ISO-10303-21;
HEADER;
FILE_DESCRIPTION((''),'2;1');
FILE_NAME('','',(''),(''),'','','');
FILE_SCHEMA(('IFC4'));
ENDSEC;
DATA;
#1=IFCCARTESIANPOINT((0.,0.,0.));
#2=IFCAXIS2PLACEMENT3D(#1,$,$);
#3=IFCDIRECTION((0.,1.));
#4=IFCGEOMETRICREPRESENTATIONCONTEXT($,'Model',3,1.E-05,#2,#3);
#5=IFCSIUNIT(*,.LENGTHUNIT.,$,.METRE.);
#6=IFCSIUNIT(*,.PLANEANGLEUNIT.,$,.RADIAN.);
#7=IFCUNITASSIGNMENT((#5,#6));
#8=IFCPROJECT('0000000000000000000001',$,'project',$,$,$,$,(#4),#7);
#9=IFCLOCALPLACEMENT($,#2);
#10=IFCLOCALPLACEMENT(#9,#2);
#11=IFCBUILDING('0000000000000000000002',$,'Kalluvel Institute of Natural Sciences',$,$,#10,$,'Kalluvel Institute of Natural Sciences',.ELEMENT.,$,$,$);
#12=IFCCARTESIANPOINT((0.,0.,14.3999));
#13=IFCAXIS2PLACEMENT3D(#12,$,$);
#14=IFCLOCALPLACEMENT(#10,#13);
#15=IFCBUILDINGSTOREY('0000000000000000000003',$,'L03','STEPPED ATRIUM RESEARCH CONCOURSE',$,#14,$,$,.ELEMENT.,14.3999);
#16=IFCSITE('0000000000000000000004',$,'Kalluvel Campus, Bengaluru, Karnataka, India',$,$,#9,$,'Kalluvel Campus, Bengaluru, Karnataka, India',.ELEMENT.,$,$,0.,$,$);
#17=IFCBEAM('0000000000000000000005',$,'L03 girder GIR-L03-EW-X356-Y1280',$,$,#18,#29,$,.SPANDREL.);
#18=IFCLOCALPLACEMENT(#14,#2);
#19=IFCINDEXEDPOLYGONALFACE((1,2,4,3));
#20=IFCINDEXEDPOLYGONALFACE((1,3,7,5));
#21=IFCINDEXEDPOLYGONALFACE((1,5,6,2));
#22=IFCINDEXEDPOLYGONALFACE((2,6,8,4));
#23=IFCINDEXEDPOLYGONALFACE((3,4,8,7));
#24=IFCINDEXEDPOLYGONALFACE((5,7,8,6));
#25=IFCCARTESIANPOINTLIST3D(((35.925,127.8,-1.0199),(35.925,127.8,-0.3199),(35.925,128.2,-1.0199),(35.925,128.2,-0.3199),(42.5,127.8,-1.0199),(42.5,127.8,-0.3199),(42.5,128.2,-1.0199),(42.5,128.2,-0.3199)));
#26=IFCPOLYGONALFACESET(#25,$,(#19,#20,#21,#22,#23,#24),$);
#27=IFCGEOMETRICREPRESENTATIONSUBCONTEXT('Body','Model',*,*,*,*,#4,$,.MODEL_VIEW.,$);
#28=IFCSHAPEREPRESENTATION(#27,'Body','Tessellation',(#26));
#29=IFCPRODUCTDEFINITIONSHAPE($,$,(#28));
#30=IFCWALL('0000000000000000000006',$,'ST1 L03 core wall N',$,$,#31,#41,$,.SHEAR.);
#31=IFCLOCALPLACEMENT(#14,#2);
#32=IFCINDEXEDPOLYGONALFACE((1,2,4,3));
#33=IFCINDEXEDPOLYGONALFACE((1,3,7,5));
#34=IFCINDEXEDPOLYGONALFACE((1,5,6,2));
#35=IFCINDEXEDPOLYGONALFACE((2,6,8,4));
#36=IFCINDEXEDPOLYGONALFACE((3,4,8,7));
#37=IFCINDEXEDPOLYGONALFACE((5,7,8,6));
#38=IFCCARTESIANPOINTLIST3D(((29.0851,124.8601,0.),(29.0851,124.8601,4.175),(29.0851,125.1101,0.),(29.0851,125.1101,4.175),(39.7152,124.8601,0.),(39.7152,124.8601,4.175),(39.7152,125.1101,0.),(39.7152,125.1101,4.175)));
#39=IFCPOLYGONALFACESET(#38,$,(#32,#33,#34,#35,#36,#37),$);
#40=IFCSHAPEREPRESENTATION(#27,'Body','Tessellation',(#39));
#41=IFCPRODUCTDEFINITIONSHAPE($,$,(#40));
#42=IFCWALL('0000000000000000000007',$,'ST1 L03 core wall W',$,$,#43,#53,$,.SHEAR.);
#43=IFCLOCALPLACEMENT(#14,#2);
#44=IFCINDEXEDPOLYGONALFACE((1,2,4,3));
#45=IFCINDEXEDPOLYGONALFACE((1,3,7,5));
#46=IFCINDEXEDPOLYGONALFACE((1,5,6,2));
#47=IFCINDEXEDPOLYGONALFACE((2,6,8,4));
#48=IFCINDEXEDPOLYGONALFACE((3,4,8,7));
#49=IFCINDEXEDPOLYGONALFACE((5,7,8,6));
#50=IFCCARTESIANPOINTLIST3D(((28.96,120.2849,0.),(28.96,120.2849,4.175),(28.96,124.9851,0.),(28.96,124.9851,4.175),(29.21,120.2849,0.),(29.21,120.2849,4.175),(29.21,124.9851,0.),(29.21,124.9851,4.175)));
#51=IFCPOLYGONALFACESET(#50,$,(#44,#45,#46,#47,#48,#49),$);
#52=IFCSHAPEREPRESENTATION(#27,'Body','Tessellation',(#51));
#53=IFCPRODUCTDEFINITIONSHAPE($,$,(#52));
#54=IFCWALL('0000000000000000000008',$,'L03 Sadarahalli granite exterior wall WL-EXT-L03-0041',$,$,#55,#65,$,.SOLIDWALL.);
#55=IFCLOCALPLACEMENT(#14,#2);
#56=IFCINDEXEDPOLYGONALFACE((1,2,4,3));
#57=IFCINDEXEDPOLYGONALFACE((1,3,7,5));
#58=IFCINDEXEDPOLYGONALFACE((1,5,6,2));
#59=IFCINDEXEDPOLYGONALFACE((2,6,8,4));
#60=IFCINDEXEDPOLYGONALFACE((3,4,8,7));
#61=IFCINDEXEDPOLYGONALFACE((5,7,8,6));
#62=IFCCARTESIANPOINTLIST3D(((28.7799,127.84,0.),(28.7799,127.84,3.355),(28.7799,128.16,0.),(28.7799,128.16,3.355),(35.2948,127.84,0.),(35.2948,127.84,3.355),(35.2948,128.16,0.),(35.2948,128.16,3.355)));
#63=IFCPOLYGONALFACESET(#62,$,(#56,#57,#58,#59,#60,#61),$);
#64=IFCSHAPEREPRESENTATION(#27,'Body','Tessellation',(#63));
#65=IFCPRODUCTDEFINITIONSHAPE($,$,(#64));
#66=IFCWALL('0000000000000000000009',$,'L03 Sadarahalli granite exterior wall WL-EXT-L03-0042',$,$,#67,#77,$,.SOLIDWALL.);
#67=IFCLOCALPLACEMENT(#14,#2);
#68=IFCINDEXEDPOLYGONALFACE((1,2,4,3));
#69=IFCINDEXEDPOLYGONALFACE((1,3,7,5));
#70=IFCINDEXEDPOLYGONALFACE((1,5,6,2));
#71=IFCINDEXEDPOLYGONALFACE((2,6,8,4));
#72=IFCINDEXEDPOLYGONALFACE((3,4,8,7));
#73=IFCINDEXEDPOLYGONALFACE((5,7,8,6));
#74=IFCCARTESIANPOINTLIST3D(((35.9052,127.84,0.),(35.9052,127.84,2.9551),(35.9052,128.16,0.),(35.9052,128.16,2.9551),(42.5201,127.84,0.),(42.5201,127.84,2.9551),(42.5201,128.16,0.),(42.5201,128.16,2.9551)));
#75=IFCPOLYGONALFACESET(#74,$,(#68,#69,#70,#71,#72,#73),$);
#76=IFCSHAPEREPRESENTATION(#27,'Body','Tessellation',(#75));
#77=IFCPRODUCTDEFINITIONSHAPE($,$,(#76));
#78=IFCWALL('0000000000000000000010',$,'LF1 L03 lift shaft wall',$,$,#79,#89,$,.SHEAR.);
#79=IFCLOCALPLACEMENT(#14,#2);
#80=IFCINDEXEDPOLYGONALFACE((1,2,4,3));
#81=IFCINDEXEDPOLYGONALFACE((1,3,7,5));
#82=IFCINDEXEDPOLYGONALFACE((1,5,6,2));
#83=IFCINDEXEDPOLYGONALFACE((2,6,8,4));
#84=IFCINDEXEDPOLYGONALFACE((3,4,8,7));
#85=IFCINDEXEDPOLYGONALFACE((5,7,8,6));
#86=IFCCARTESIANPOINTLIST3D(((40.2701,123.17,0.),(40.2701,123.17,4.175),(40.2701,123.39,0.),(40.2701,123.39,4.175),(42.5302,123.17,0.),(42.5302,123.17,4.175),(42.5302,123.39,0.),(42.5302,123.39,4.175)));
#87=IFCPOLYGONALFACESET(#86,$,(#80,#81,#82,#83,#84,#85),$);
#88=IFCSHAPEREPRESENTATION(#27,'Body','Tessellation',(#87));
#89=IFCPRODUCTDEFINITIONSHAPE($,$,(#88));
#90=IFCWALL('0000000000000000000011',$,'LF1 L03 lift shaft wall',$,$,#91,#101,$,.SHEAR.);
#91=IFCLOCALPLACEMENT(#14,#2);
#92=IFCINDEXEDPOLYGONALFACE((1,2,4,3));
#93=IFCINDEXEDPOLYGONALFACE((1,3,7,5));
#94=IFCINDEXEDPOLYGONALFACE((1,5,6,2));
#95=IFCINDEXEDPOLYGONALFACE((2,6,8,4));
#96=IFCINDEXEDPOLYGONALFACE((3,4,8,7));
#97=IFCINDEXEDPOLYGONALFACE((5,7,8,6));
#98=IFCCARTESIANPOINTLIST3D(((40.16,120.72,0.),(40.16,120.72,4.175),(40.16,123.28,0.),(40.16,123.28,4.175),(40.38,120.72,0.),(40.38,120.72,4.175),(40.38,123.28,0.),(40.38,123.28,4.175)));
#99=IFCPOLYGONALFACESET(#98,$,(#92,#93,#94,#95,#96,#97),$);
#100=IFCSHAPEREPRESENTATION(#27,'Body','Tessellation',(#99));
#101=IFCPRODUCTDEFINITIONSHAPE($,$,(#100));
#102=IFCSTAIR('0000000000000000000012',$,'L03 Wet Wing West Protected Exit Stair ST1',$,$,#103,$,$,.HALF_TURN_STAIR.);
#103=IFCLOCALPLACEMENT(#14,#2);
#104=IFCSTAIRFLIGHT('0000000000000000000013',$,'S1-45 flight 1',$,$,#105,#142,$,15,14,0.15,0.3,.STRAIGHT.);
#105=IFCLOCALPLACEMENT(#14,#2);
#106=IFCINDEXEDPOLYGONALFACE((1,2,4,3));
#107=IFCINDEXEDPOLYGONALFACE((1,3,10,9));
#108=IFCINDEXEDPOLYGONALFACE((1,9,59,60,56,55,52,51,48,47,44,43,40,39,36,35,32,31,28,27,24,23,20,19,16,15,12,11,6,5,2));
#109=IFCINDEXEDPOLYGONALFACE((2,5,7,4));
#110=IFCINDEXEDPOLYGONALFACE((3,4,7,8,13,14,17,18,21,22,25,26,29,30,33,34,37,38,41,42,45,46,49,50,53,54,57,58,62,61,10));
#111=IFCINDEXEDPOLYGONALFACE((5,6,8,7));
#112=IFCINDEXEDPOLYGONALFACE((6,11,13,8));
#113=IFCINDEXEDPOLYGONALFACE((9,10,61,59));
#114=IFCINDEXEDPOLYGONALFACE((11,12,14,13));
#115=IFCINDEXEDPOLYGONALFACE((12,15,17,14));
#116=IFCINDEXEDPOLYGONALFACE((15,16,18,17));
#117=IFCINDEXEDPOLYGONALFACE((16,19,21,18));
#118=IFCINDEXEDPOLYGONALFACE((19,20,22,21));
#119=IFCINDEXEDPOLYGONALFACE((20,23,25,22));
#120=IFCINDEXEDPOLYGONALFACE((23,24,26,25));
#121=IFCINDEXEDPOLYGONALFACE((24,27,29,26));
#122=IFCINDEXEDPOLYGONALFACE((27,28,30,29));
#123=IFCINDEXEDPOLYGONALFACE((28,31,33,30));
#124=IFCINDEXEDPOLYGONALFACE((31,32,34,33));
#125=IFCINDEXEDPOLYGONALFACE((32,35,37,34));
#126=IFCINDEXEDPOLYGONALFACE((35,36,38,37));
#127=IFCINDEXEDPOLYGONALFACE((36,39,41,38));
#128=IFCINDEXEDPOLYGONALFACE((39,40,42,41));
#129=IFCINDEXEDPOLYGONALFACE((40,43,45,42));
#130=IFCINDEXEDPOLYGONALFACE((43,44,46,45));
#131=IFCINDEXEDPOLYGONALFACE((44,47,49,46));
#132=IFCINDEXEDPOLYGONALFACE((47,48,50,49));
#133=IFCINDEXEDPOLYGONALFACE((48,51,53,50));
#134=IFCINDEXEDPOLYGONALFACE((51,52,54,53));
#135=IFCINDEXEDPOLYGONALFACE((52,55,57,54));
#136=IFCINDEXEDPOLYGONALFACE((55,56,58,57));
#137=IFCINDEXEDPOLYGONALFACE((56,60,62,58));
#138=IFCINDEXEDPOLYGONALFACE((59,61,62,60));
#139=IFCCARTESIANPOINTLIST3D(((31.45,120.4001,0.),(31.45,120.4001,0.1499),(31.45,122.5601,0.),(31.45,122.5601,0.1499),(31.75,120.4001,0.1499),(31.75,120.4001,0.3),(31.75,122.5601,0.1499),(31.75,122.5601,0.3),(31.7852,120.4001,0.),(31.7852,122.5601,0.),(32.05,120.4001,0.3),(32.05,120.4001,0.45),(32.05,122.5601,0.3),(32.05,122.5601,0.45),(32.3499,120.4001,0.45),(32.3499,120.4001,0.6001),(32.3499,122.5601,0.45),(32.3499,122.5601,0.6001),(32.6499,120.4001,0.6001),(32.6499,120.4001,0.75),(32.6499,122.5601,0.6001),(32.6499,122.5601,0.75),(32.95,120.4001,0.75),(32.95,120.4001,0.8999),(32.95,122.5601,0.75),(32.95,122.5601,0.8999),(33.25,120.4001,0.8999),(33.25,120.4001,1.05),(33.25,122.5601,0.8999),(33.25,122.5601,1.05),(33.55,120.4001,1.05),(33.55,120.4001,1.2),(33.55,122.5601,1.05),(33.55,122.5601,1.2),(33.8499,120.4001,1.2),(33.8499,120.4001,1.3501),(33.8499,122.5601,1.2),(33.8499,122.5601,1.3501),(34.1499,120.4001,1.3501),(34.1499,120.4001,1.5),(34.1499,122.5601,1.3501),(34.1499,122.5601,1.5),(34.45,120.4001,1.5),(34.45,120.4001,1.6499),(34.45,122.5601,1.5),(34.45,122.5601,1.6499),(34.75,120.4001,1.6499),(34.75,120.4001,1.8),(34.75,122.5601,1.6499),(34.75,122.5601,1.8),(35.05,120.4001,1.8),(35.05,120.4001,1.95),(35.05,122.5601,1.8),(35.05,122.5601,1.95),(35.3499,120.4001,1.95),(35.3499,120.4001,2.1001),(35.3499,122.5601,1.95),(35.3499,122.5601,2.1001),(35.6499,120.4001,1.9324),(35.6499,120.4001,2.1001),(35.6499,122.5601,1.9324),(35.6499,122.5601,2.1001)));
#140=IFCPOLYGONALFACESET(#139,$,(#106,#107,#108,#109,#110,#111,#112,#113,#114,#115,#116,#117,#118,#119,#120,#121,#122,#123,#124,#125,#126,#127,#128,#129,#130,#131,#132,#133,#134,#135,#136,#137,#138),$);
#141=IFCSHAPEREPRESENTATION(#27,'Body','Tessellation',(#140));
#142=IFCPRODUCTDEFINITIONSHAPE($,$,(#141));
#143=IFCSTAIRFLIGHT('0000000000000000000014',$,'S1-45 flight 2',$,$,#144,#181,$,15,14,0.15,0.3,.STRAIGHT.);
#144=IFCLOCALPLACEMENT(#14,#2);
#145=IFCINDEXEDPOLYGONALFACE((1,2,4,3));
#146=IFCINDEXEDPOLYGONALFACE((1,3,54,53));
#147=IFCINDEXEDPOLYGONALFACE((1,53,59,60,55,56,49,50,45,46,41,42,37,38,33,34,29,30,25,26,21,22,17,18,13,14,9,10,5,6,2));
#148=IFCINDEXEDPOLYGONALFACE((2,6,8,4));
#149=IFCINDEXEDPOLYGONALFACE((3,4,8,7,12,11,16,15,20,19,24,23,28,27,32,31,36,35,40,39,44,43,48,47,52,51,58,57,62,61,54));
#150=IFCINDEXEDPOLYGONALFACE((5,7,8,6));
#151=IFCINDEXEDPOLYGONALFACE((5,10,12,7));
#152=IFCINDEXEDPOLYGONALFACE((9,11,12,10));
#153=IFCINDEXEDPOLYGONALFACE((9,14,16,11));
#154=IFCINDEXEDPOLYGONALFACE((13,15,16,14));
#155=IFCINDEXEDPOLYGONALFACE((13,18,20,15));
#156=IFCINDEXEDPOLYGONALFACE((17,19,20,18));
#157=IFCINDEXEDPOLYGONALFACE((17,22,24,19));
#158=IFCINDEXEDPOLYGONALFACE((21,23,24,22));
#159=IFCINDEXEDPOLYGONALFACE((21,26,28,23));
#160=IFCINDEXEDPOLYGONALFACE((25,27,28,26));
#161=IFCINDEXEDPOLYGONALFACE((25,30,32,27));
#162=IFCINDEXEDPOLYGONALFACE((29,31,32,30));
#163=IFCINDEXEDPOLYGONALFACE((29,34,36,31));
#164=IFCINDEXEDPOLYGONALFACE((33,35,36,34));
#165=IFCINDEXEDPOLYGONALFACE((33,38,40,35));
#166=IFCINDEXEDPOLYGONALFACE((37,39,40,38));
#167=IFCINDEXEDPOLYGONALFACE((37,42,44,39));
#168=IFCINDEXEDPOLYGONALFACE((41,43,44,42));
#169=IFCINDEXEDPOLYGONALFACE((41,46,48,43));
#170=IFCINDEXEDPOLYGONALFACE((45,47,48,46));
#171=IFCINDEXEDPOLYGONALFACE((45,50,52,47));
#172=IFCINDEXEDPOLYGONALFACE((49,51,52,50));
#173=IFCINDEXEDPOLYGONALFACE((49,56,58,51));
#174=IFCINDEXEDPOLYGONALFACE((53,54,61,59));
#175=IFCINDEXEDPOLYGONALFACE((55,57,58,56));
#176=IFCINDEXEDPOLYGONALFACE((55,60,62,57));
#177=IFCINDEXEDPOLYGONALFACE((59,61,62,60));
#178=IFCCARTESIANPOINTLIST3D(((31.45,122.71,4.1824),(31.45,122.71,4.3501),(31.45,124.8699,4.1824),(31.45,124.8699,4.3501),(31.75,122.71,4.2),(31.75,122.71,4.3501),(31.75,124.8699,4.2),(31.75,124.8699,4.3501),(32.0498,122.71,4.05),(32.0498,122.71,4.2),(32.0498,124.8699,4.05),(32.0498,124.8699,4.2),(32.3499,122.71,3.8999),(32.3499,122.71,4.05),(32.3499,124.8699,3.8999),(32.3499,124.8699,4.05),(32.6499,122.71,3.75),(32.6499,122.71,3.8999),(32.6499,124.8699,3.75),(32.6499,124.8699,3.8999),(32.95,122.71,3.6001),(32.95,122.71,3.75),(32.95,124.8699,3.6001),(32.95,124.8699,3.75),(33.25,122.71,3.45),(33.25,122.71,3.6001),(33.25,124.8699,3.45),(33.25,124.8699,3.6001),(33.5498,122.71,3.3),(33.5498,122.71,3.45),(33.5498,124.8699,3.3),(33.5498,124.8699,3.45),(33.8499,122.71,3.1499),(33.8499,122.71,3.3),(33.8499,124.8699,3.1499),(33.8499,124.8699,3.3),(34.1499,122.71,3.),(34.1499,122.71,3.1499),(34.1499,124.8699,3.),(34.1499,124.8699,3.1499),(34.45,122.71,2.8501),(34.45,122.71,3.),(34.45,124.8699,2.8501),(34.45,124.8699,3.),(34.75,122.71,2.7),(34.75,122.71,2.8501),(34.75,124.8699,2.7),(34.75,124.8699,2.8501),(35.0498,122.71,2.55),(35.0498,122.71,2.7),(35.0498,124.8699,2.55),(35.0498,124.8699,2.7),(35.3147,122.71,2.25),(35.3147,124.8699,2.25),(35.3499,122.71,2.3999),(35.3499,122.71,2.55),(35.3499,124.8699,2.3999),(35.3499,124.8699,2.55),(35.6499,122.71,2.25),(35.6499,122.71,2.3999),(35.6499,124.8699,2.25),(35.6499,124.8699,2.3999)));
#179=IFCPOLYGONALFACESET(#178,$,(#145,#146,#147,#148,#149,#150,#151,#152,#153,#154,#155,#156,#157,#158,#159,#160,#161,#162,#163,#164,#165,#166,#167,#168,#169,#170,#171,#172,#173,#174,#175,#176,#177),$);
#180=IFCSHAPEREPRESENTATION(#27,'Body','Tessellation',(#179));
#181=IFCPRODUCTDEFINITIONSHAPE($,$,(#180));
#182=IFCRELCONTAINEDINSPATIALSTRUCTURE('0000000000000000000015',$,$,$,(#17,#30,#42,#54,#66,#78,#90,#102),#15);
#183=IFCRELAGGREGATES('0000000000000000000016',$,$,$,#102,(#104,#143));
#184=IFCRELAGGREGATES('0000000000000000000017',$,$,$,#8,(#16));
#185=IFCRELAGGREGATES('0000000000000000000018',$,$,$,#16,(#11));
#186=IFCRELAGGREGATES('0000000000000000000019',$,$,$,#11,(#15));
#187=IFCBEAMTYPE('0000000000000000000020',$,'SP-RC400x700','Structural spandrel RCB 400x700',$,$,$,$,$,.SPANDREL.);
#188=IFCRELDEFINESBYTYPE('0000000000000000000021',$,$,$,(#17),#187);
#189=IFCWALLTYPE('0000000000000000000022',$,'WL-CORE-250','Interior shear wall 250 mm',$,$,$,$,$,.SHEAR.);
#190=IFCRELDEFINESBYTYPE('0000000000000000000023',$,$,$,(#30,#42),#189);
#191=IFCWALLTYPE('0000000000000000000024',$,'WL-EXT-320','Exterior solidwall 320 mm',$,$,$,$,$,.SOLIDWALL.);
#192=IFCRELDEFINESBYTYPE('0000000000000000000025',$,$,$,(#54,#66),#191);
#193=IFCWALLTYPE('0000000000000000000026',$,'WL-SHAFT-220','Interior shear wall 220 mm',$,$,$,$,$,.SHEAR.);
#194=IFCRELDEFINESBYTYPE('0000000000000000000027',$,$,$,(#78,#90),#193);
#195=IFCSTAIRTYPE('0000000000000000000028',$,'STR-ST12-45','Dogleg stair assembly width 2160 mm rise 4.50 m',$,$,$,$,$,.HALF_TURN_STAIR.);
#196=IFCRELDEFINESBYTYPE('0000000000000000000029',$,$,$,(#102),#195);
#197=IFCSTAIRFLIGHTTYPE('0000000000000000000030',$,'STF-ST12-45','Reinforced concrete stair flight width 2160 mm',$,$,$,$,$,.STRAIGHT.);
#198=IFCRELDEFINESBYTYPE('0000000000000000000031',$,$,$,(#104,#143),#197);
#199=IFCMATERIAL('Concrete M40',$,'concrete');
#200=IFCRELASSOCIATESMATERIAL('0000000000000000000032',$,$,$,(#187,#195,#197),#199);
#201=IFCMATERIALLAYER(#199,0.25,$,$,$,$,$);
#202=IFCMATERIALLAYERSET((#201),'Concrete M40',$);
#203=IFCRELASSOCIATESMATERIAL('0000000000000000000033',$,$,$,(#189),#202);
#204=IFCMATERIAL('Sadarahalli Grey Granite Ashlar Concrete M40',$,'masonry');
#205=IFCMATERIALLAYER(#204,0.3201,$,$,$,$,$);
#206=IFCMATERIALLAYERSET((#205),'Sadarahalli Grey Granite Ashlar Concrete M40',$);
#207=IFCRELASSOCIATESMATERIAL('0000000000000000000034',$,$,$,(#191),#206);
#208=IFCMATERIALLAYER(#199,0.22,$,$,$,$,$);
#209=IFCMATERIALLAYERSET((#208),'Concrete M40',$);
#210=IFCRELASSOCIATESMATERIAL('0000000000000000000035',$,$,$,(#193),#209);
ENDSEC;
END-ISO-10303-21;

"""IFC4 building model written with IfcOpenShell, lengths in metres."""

from ifc_helpers import new_model, si_unit, direction, frame, frame_2d, origin, origin_2d, place, context, subcontext, project, spatial, polyline, rectangle, outline, extrude, material, layer, layer_set, material_profile, profile_set, type_object, element, aggregate, save


model = new_model("IFC4")

# Units and contexts
model_context = context("Model", 3, precision=1e-05, world=origin(), true_north=direction((0.0, 1.0)))
body_context = subcontext(model_context, "Body", "Model", "MODEL_VIEW")
ifc_project = project(units=[si_unit("LENGTHUNIT", "METRE"), si_unit("PLANEANGLEUNIT", "RADIAN")], contexts=[model_context])

# Site, building, storey
site_placement = place(None, origin())
site = spatial("IfcSite", under=ifc_project, at=site_placement, Name="Kalluvel Campus, Bengaluru, Karnataka, India", LongName="Kalluvel Campus, Bengaluru, Karnataka, India", CompositionType="ELEMENT", RefElevation=0.0)
building_placement = place(site_placement, origin())
building = spatial("IfcBuilding", under=site, at=building_placement, Name="Kalluvel Institute of Natural Sciences", LongName="Kalluvel Institute of Natural Sciences", CompositionType="ELEMENT")
storey_placement = place(building_placement, frame((0.0, 0.0, 14.3999)))
storey = spatial("IfcBuildingStorey", under=building, at=storey_placement, Name="L03", Description="STEPPED ATRIUM RESEARCH CONCOURSE", CompositionType="ELEMENT", Elevation=14.3999)

# Beam
ifc_material_1 = material(Name="Concrete M40", Category="concrete")
ifc_material_profile_1 = material_profile(ifc_material_1, rectangle(XDim=0.3999, YDim=0.7, at=origin_2d()), Name="RCB 400x700")
ifc_profile_set_1 = profile_set([ifc_material_profile_1], Name="Concrete M40")
beam_type_1 = type_object("IfcBeamType", Name="SP-RC400x700", Description="Structural spandrel RCB 400x700", PredefinedType="SPANDREL", material=ifc_profile_set_1)
beam_1_placement = place(storey_placement, frame((35.925, 128.0, -0.6699), z_axis=(1.0, 0.0, 0.0), x_axis=(0.0, 1.0, 0.0)))
element("IfcBeam", 1, at=beam_1_placement, inside=storey, type_object=beam_type_1, Name="L03 girder GIR-L03-EW-X356-Y1280", PredefinedType="SPANDREL", context=body_context, shape_type="SweptSolid", body=[
    extrude(rectangle(XDim=0.3999, YDim=0.7, at=origin_2d()), origin(), (0.0, 0.0, 1.0), 6.575),
])

# Walls
ifc_layer_1 = layer(ifc_material_1, 0.25)
ifc_layer_set_1 = layer_set([ifc_layer_1], Name="Concrete M40")
wall_type_1 = type_object("IfcWallType", Name="WL-CORE-250", Description="Interior shear wall 250 mm", PredefinedType="SHEAR", material=ifc_layer_set_1)
wall_1_placement = place(storey_placement, frame((39.7151, 124.9851, 0.0), z_axis=(0.0, 0.0, 1.0), x_axis=(-1.0, 0.0, 0.0)))
element("IfcWall", 2, at=wall_1_placement, inside=storey, type_object=wall_type_1, Name="ST1 L03 core wall N", PredefinedType="SHEAR", context=body_context, shape_type="SweptSolid", body=[
    extrude(rectangle(XDim=10.6301, YDim=0.25, at=frame_2d((5.3149, 0.0))), origin(), (0.0, 0.0, 1.0), 4.175),
])
wall_2_placement = place(storey_placement, frame((29.085, 124.9851, 0.0), z_axis=(0.0, 0.0, 1.0), x_axis=(0.0, -1.0, 0.0)))
element("IfcWall", 3, at=wall_2_placement, inside=storey, type_object=wall_type_1, Name="ST1 L03 core wall W", PredefinedType="SHEAR", context=body_context, shape_type="SweptSolid", body=[
    extrude(rectangle(XDim=4.7002, YDim=0.25, at=frame_2d((2.3501, 0.0))), origin(), (0.0, 0.0, 1.0), 4.175),
])
ifc_material_2 = material(Name="Sadarahalli Grey Granite Ashlar Concrete M40", Category="masonry")
ifc_layer_2 = layer(ifc_material_2, 0.3201)
ifc_layer_set_2 = layer_set([ifc_layer_2], Name="Sadarahalli Grey Granite Ashlar Concrete M40")
wall_type_2 = type_object("IfcWallType", Name="WL-EXT-320", Description="Exterior solidwall 320 mm", PredefinedType="SOLIDWALL", material=ifc_layer_set_2)
wall_3_placement = place(storey_placement, frame((28.78, 128.0, 0.0), z_axis=(0.0, 0.0, 1.0), x_axis=(1.0, 0.0, 0.0)))
element("IfcWall", 4, at=wall_3_placement, inside=storey, type_object=wall_type_2, Name="L03 Sadarahalli granite exterior wall WL-EXT-L03-0041", PredefinedType="SOLIDWALL", context=body_context, shape_type="SweptSolid", body=[
    extrude(rectangle(XDim=6.5149, YDim=0.3201, at=frame_2d((3.2573, 0.0))), origin(), (0.0, 0.0, 1.0), 3.355),
])
wall_4_placement = place(storey_placement, frame((35.905, 128.0, 0.0), z_axis=(0.0, 0.0, 1.0), x_axis=(1.0, 0.0, 0.0)))
element("IfcWall", 5, at=wall_4_placement, inside=storey, type_object=wall_type_2, Name="L03 Sadarahalli granite exterior wall WL-EXT-L03-0042", PredefinedType="SOLIDWALL", context=body_context, shape_type="SweptSolid", body=[
    extrude(rectangle(XDim=6.615, YDim=0.3201, at=frame_2d((3.3076, 0.0))), origin(), (0.0, 0.0, 1.0), 2.9551),
])
ifc_layer_3 = layer(ifc_material_1, 0.22)
ifc_layer_set_3 = layer_set([ifc_layer_3], Name="Concrete M40")
wall_type_3 = type_object("IfcWallType", Name="WL-SHAFT-220", Description="Interior shear wall 220 mm", PredefinedType="SHEAR", material=ifc_layer_set_3)
wall_5_placement = place(storey_placement, frame((42.53, 123.28, 0.0), z_axis=(0.0, 0.0, 1.0), x_axis=(-1.0, 0.0, 0.0)))
element("IfcWall", 6, at=wall_5_placement, inside=storey, type_object=wall_type_3, Name="LF1 L03 lift shaft wall", PredefinedType="SHEAR", context=body_context, shape_type="SweptSolid", body=[
    extrude(rectangle(XDim=2.26, YDim=0.22, at=frame_2d((1.1299, 0.0))), origin(), (0.0, 0.0, 1.0), 4.175),
])
wall_6_placement = place(storey_placement, frame((40.27, 123.28, 0.0), z_axis=(0.0, 0.0, 1.0), x_axis=(0.0, -1.0, 0.0)))
element("IfcWall", 7, at=wall_6_placement, inside=storey, type_object=wall_type_3, Name="LF1 L03 lift shaft wall", PredefinedType="SHEAR", context=body_context, shape_type="SweptSolid", body=[
    extrude(rectangle(XDim=2.5601, YDim=0.22, at=frame_2d((1.28, 0.0))), origin(), (0.0, 0.0, 1.0), 4.175),
])

# Stair, stair flights
stair_type = type_object("IfcStairType", Name="STR-ST12-45", Description="Dogleg stair assembly width 2160 mm rise 4.50 m", PredefinedType="HALF_TURN_STAIR", material=ifc_material_1)
stair_placement = place(storey_placement, origin())
stair = element("IfcStair", 8, at=stair_placement, inside=storey, type_object=stair_type, Name="L03 Wet Wing West Protected Exit Stair ST1", PredefinedType="HALF_TURN_STAIR")
stair_flight_type = type_object("IfcStairFlightType", Name="STF-ST12-45", Description="Reinforced concrete stair flight width 2160 mm", PredefinedType="STRAIGHT", material=ifc_material_1)
stair_flight_1_placement = place(storey_placement, frame((31.45, 121.48, 0.0), z_axis=(0.0, 0.0, 1.0), x_axis=(1.0, 0.0, 0.0)))
stair_flight_1 = element("IfcStairFlight", 9, at=stair_flight_1_placement, type_object=stair_flight_type, Name="S1-45 flight 1", NumberOfRisers=15, NumberOfTreads=14, PredefinedType="STRAIGHT", RiserHeight=0.15, TreadLength=0.3, context=body_context, shape_type="SweptSolid", body=[
    extrude(outline(polyline([(0.0, 0.0), (0.0, 0.1499), (0.3, 0.1499), (0.3, 0.3), (0.6001, 0.3), (0.6001, 0.45), (0.8999, 0.45), (0.8999, 0.6001), (1.2, 0.6001), (1.2, 0.75), (1.5, 0.75), (1.5, 0.8999), (1.8, 0.8999), (1.8, 1.05), (2.1001, 1.05), (2.1001, 1.2), (2.3999, 1.2), (2.3999, 1.3501), (2.7, 1.3501), (2.7, 1.5), (3.0, 1.5), (3.0, 1.6499), (3.3, 1.6499), (3.3, 1.8), (3.6001, 1.8), (3.6001, 1.95), (3.8999, 1.95), (3.8999, 2.1001), (4.2, 2.1001), (4.2, 2.25), (4.2, 1.9324), (0.3352, 0.0), (0.0, 0.0)])), frame((0.0, 1.0801, 0.0), z_axis=(0.0, -1.0, 0.0), x_axis=(1.0, 0.0, 0.0)), (0.0, 0.0, 1.0), 2.1599),
])
stair_flight_2_placement = place(storey_placement, frame((35.6499, 123.79, 2.25), z_axis=(0.0, 0.0, 1.0), x_axis=(-1.0, 0.0, 0.0)))
stair_flight_2 = element("IfcStairFlight", 10, at=stair_flight_2_placement, type_object=stair_flight_type, Name="S1-45 flight 2", NumberOfRisers=15, NumberOfTreads=14, PredefinedType="STRAIGHT", RiserHeight=0.15, TreadLength=0.3, context=body_context, shape_type="SweptSolid", body=[
    extrude(outline(polyline([(0.0, 0.0), (0.0, 0.1499), (0.3, 0.1499), (0.3, 0.3), (0.6001, 0.3), (0.6001, 0.45), (0.8999, 0.45), (0.8999, 0.6001), (1.2, 0.6001), (1.2, 0.75), (1.5, 0.75), (1.5, 0.8999), (1.8, 0.8999), (1.8, 1.05), (2.1001, 1.05), (2.1001, 1.2), (2.3999, 1.2), (2.3999, 1.3501), (2.7, 1.3501), (2.7, 1.5), (3.0, 1.5), (3.0, 1.6499), (3.3, 1.6499), (3.3, 1.8), (3.6001, 1.8), (3.6001, 1.95), (3.8999, 1.95), (3.8999, 2.1001), (4.2, 2.1001), (4.2, 2.25), (4.2, 1.9324), (0.3352, 0.0), (0.0, 0.0)])), frame((0.0, 1.0801, 0.0), z_axis=(0.0, -1.0, 0.0), x_axis=(1.0, 0.0, 0.0)), (0.0, 0.0, 1.0), 2.1599),
])
aggregate(stair, [stair_flight_1, stair_flight_2])

save(model, "model.ifc")
